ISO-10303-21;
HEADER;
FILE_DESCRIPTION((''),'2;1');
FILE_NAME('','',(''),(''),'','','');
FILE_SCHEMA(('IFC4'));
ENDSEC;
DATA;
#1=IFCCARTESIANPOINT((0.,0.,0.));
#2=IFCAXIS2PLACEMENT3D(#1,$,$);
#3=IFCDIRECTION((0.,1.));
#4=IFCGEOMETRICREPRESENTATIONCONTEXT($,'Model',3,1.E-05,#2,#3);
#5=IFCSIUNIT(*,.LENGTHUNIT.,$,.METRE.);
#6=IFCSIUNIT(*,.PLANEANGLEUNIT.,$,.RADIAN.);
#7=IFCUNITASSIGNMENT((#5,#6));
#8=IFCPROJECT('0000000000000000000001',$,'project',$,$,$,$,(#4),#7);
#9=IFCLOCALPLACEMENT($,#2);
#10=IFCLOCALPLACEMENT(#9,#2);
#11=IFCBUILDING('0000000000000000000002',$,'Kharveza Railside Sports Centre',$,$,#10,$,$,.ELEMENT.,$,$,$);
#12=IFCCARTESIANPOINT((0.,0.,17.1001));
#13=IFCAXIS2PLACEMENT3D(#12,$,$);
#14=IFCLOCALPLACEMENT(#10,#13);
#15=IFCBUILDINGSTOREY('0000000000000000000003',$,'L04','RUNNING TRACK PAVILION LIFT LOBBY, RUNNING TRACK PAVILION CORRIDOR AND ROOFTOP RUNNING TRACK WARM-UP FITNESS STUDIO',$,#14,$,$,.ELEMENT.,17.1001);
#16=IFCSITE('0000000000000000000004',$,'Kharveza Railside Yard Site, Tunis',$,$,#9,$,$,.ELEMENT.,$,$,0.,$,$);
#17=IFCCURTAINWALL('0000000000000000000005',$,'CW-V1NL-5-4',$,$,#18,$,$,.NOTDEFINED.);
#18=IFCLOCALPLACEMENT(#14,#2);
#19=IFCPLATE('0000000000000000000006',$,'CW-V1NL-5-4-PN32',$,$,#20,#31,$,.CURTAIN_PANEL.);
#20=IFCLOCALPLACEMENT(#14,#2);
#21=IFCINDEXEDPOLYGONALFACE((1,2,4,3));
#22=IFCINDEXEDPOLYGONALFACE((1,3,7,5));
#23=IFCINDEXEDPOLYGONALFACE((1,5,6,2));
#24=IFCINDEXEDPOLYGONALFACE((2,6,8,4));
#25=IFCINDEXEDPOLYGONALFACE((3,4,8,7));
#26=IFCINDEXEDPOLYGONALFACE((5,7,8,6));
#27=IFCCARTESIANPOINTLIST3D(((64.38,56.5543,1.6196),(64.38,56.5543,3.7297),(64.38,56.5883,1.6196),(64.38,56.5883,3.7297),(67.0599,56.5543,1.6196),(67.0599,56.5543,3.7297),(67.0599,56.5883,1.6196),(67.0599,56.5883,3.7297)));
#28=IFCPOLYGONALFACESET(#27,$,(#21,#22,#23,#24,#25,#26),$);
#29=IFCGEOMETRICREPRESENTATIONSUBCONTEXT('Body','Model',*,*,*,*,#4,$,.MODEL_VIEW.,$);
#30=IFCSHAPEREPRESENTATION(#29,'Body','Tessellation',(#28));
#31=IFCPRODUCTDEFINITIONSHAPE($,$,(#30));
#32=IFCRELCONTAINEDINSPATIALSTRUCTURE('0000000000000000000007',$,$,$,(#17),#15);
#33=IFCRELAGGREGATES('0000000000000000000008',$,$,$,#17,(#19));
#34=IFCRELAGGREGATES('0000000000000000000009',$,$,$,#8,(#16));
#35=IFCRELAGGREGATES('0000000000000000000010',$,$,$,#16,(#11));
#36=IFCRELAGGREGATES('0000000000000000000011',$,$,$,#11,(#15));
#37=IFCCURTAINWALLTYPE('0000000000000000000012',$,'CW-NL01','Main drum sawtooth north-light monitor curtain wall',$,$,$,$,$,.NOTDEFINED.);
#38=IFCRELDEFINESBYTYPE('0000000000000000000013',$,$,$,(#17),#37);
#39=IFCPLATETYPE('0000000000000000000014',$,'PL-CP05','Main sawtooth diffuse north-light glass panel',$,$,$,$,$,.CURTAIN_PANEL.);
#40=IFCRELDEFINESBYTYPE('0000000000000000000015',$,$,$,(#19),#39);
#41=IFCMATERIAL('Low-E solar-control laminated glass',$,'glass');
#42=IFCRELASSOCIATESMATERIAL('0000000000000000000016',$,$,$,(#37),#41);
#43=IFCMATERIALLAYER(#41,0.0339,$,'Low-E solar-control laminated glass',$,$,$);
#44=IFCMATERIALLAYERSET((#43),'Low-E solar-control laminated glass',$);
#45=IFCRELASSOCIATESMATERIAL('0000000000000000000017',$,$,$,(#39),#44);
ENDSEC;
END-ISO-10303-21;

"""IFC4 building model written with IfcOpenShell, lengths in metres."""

from ifc_helpers import new_model, si_unit, direction, frame, origin, origin_2d, place, context, subcontext, project, spatial, rectangle, extrude, material, layer, layer_set, type_object, element, aggregate, save


model = new_model("IFC4")

# Units and contexts
model_context = context("Model", 3, precision=1e-05, world=origin(), true_north=direction((0.0, 1.0)))
body_context = subcontext(model_context, "Body", "Model", "MODEL_VIEW")
ifc_project = project(units=[si_unit("LENGTHUNIT", "METRE"), si_unit("PLANEANGLEUNIT", "RADIAN")], contexts=[model_context])

# Site, building, storey
site_placement = place(None, origin())
site = spatial("IfcSite", under=ifc_project, at=site_placement, Name="Kharveza Railside Yard Site, Tunis", CompositionType="ELEMENT", RefElevation=0.0)
building_placement = place(site_placement, origin())
building = spatial("IfcBuilding", under=site, at=building_placement, Name="Kharveza Railside Sports Centre", CompositionType="ELEMENT")
storey_placement = place(building_placement, frame((0.0, 0.0, 17.1001)))
storey = spatial("IfcBuildingStorey", under=building, at=storey_placement, Name="L04", Description="RUNNING TRACK PAVILION LIFT LOBBY, RUNNING TRACK PAVILION CORRIDOR AND ROOFTOP RUNNING TRACK WARM-UP FITNESS STUDIO", CompositionType="ELEMENT", Elevation=17.1001)

# Curtain wall
ifc_material_1 = material(Name="Low-E solar-control laminated glass", Category="glass")
curtain_wall_type = type_object("IfcCurtainWallType", Name="CW-NL01", Description="Main drum sawtooth north-light monitor curtain wall", PredefinedType="NOTDEFINED", material=ifc_material_1)
curtain_wall_1_placement = place(storey_placement, origin())
curtain_wall_1 = element("IfcCurtainWall", 1, at=curtain_wall_1_placement, inside=storey, type_object=curtain_wall_type, Name="CW-V1NL-5-4", PredefinedType="NOTDEFINED")

# Plate
ifc_layer = layer(ifc_material_1, 0.0339, Name="Low-E solar-control laminated glass")
ifc_layer_set = layer_set([ifc_layer], Name="Low-E solar-control laminated glass")
plate_type = type_object("IfcPlateType", Name="PL-CP05", Description="Main sawtooth diffuse north-light glass panel", PredefinedType="CURTAIN_PANEL", material=ifc_layer_set)
plate_1_placement = place(storey_placement, frame((65.72, 56.5713, 1.6196), z_axis=(0.0, 0.0, 1.0), x_axis=(1.0, 0.0, 0.0)))
plate_1 = element("IfcPlate", 2, at=plate_1_placement, type_object=plate_type, Name="CW-V1NL-5-4-PN32", PredefinedType="CURTAIN_PANEL", context=body_context, shape_type="SweptSolid", body=[
    extrude(rectangle(XDim=2.6799, YDim=0.0339, at=origin_2d()), origin(), (0.0, 0.0, 1.0), 2.1101),
])
aggregate(curtain_wall_1, [plate_1])

save(model, "model.ifc")
